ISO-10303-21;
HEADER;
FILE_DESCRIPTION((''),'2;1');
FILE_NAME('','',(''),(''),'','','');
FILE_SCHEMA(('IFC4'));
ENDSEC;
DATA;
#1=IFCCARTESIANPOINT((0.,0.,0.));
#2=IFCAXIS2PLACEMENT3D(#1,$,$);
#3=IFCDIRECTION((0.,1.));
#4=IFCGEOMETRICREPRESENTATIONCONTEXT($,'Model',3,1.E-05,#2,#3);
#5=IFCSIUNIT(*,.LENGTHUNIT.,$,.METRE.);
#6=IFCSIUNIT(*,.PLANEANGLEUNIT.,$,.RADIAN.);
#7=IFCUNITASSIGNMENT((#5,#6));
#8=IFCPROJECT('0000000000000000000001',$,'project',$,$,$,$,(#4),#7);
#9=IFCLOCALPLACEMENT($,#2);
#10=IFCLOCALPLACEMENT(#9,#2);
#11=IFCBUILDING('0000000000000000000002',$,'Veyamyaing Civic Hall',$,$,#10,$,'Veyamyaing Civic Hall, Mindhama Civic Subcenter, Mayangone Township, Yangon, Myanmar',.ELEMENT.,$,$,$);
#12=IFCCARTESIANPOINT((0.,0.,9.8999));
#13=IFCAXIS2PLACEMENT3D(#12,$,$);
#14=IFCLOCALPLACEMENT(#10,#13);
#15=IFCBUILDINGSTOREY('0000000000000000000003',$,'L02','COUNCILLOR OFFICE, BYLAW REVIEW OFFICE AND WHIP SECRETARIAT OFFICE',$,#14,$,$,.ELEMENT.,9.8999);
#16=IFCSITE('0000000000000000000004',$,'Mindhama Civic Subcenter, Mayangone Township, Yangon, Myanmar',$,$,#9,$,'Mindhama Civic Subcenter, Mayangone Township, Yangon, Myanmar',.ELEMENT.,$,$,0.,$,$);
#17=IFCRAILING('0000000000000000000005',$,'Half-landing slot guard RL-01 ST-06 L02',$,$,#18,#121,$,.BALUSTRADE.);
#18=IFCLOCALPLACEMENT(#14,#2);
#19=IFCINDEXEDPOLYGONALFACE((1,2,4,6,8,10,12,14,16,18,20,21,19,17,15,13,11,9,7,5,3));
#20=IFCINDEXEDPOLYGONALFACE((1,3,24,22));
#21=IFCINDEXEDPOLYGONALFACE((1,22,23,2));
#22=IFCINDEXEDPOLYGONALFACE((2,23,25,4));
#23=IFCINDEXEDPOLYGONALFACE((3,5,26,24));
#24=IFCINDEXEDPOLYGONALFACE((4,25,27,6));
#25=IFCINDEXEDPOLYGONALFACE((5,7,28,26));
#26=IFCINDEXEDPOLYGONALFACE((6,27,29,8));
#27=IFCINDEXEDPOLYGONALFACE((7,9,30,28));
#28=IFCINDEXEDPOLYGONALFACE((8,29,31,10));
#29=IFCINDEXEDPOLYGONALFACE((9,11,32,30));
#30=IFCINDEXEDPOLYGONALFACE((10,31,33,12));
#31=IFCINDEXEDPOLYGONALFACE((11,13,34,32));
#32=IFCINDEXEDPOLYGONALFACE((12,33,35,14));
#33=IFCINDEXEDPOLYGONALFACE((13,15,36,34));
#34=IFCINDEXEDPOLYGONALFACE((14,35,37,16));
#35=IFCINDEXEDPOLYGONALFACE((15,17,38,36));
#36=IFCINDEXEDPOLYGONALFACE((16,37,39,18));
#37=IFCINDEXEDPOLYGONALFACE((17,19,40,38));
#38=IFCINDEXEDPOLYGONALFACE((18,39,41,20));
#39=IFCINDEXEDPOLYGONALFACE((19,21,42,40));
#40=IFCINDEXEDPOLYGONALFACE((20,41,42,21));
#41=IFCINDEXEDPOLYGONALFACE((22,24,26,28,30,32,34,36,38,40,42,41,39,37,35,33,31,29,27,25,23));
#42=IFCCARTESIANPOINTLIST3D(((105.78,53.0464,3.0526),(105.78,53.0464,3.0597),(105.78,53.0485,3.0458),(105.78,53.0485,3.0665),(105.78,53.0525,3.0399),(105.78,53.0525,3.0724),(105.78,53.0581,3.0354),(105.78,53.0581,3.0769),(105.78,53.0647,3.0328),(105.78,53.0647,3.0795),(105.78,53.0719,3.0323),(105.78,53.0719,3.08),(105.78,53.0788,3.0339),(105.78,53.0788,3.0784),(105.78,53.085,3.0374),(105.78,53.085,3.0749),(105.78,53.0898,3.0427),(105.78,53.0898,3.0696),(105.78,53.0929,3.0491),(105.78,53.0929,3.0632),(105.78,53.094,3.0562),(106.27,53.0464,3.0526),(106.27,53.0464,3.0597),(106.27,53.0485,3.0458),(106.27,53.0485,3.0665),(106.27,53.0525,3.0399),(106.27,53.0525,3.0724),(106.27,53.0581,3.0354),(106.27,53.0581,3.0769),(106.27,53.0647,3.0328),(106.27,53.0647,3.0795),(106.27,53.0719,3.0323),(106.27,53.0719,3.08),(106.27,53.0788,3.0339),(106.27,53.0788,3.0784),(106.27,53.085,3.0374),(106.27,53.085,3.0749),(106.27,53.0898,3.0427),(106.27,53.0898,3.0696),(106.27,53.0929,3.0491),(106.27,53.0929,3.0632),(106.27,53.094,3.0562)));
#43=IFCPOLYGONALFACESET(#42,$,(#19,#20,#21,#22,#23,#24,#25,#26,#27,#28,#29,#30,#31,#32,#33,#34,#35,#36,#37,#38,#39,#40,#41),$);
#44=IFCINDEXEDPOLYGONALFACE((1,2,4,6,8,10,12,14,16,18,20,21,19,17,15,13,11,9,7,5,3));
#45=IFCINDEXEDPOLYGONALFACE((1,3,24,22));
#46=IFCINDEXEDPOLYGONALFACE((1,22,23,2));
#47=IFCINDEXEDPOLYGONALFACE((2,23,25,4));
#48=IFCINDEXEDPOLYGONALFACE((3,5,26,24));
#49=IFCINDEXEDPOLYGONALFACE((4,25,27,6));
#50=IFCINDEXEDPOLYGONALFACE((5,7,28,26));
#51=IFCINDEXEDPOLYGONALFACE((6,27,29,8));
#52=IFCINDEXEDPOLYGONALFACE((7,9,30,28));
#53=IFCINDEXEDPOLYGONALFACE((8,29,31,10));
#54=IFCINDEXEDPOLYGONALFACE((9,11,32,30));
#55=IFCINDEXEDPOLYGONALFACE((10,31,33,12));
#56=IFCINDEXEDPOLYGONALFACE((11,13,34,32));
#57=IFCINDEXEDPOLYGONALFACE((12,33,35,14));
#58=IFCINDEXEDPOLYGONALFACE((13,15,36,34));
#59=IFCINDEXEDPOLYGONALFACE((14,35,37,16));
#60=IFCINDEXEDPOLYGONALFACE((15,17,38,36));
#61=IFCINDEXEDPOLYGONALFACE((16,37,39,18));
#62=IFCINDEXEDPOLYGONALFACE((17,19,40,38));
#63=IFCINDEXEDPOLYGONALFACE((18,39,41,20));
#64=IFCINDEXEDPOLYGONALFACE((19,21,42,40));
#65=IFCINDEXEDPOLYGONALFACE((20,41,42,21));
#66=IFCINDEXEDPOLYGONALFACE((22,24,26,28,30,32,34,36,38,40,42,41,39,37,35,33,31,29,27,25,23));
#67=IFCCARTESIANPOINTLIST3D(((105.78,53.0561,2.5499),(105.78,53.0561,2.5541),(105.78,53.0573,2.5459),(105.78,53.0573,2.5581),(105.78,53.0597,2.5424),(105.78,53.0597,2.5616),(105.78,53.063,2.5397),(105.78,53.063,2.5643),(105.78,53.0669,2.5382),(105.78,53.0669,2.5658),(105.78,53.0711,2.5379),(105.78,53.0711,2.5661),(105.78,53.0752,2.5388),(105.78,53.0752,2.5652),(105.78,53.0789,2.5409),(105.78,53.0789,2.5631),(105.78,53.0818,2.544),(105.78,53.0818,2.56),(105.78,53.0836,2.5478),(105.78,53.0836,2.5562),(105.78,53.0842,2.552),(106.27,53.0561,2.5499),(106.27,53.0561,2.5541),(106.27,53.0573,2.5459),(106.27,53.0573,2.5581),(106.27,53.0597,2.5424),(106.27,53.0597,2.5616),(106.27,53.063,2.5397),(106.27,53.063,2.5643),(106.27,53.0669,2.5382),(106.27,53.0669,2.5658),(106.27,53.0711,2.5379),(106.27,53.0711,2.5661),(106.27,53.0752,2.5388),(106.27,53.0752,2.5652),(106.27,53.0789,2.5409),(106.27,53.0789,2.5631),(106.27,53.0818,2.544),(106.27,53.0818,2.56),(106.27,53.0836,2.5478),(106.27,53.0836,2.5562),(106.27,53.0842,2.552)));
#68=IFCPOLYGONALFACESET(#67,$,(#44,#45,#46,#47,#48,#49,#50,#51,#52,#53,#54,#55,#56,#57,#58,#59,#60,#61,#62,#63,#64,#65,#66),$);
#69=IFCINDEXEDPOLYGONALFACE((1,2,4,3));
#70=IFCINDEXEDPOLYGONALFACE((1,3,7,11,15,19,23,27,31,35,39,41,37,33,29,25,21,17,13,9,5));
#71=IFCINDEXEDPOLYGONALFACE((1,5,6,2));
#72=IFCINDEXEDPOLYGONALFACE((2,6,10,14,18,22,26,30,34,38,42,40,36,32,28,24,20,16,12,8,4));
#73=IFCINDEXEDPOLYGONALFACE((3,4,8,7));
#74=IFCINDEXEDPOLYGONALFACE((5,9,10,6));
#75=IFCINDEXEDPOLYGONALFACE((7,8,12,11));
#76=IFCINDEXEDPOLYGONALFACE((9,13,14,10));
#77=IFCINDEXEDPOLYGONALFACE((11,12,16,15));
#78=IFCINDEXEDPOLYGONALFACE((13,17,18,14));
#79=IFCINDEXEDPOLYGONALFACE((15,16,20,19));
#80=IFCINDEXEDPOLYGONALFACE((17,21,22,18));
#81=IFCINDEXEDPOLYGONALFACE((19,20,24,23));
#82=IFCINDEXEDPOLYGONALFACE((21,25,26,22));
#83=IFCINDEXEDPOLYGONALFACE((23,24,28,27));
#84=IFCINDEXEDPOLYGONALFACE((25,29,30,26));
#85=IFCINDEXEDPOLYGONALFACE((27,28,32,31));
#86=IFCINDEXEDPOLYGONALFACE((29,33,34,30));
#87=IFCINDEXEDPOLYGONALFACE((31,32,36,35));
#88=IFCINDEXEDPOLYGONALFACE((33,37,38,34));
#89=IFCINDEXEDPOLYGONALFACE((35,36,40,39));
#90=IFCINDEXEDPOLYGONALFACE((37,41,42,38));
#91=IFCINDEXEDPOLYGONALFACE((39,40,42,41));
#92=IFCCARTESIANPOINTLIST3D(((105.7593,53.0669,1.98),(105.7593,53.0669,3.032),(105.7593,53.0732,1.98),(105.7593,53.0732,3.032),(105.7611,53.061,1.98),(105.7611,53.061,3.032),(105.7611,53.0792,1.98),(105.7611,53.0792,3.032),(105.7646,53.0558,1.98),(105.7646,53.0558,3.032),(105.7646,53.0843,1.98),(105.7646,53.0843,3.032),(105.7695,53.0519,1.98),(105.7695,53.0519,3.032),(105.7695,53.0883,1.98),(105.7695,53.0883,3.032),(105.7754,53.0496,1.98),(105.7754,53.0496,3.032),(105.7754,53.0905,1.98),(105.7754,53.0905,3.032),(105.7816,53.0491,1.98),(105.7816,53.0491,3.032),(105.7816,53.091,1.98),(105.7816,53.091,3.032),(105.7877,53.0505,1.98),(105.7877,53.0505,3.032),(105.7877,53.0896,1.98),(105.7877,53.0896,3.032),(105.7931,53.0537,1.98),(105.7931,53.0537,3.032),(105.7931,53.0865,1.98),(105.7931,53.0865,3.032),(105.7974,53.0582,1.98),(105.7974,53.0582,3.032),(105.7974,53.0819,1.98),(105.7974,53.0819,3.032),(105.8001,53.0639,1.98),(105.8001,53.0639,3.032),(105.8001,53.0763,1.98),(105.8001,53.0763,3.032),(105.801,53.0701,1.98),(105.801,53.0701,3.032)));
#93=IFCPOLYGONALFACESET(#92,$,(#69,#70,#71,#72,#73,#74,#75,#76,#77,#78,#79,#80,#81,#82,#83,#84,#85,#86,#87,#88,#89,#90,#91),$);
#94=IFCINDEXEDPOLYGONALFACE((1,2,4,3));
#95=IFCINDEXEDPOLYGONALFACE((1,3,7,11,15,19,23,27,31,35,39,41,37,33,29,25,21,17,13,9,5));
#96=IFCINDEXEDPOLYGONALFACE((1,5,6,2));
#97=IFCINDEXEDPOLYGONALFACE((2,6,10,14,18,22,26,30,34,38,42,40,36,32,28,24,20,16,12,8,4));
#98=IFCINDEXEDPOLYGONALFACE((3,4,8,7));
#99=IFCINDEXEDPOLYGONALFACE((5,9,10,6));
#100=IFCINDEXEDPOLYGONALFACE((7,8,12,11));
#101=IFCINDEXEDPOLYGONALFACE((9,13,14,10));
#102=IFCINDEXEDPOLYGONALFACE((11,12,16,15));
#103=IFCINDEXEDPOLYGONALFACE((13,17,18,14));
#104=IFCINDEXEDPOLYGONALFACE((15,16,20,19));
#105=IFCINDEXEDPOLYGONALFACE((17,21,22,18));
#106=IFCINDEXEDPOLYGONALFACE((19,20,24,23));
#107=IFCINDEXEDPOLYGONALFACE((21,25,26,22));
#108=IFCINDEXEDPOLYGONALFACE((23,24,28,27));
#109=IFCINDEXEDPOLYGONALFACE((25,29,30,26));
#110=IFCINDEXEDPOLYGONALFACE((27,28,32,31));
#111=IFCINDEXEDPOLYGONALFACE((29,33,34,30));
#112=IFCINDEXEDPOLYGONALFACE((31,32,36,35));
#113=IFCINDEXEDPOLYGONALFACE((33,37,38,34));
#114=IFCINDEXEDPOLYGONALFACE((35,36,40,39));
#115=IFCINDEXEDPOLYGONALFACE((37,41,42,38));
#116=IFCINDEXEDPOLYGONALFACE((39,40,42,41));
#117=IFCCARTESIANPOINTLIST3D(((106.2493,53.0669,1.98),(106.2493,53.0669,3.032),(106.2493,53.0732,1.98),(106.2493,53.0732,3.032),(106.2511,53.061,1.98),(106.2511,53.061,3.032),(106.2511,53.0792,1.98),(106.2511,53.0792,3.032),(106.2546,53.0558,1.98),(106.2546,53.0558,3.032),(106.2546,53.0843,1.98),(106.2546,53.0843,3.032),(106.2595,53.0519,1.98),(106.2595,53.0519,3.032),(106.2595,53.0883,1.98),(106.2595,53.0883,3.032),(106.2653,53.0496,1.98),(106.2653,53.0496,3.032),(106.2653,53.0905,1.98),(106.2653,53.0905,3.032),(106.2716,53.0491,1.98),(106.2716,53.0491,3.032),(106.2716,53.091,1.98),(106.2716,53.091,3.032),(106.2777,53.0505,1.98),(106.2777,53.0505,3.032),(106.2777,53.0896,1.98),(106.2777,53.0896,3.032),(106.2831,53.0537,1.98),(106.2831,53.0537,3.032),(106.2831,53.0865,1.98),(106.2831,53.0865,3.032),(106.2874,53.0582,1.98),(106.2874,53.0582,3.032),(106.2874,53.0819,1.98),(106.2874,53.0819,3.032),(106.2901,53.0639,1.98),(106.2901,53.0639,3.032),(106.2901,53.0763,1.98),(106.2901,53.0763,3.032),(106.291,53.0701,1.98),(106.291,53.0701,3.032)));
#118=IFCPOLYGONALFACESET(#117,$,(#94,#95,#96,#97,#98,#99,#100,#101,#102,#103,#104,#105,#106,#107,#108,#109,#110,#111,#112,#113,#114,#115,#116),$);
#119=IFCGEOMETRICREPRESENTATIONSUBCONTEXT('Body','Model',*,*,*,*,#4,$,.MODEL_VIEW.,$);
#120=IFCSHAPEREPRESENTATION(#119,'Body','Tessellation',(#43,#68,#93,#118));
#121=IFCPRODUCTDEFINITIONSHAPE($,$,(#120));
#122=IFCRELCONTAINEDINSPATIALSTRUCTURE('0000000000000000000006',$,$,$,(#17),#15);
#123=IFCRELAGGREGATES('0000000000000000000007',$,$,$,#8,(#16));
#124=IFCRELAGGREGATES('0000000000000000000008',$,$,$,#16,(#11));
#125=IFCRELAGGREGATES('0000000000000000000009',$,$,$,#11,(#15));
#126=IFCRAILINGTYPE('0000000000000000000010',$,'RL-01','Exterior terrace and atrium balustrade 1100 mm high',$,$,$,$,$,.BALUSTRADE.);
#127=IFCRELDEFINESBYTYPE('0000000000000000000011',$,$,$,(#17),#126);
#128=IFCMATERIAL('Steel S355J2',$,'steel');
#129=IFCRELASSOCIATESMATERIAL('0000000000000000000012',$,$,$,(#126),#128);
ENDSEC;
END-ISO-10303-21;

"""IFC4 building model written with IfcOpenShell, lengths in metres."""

from ifc_helpers import new_model, si_unit, direction, frame, origin, origin_2d, place, context, subcontext, project, spatial, circle, extrude, material, type_object, element, save


model = new_model("IFC4")

# Units and contexts
model_context = context("Model", 3, precision=1e-05, world=origin(), true_north=direction((0.0, 1.0)))
body_context = subcontext(model_context, "Body", "Model", "MODEL_VIEW")
ifc_project = project(units=[si_unit("LENGTHUNIT", "METRE"), si_unit("PLANEANGLEUNIT", "RADIAN")], contexts=[model_context])

# Site, building, storey
site_placement = place(None, origin())
site = spatial("IfcSite", under=ifc_project, at=site_placement, Name="Mindhama Civic Subcenter, Mayangone Township, Yangon, Myanmar", LongName="Mindhama Civic Subcenter, Mayangone Township, Yangon, Myanmar", CompositionType="ELEMENT", RefElevation=0.0)
building_placement = place(site_placement, origin())
building = spatial("IfcBuilding", under=site, at=building_placement, Name="Veyamyaing Civic Hall", LongName="Veyamyaing Civic Hall, Mindhama Civic Subcenter, Mayangone Township, Yangon, Myanmar", CompositionType="ELEMENT")
storey_placement = place(building_placement, frame((0.0, 0.0, 9.8999)))
storey = spatial("IfcBuildingStorey", under=building, at=storey_placement, Name="L02", Description="COUNCILLOR OFFICE, BYLAW REVIEW OFFICE AND WHIP SECRETARIAT OFFICE", CompositionType="ELEMENT", Elevation=9.8999)

# Railing
ifc_material_1 = material(Name="Steel S355J2", Category="steel")
railing_type_1 = type_object("IfcRailingType", Name="RL-01", Description="Exterior terrace and atrium balustrade 1100 mm high", PredefinedType="BALUSTRADE", material=ifc_material_1)
railing_1_placement = place(storey_placement, frame((105.78, 53.0701, 1.98)))
element("IfcRailing", 1, at=railing_1_placement, inside=storey, type_object=railing_type_1, Name="Half-landing slot guard RL-01 ST-06 L02", PredefinedType="BALUSTRADE", context=body_context, shape_type="SweptSolid", body=[
    extrude(circle(Radius=0.0239, at=origin_2d()), frame((0.0, 0.0, 1.0762), z_axis=(1.0, 0.0, 0.0), x_axis=(0.0, 1.0, 0.0)), (0.0, 0.0, 1.0), 0.49),
    extrude(circle(Radius=0.0142, at=origin_2d()), frame((0.0, 0.0, 0.572), z_axis=(1.0, 0.0, 0.0), x_axis=(0.0, 1.0, 0.0)), (0.0, 0.0, 1.0), 0.49),
    extrude(circle(Radius=0.021, at=origin_2d()), origin(), (0.0, 0.0, 1.0), 1.052),
    extrude(circle(Radius=0.021, at=origin_2d()), frame((0.49, 0.0, 0.0)), (0.0, 0.0, 1.0), 1.052),
])

save(model, "model.ifc")
